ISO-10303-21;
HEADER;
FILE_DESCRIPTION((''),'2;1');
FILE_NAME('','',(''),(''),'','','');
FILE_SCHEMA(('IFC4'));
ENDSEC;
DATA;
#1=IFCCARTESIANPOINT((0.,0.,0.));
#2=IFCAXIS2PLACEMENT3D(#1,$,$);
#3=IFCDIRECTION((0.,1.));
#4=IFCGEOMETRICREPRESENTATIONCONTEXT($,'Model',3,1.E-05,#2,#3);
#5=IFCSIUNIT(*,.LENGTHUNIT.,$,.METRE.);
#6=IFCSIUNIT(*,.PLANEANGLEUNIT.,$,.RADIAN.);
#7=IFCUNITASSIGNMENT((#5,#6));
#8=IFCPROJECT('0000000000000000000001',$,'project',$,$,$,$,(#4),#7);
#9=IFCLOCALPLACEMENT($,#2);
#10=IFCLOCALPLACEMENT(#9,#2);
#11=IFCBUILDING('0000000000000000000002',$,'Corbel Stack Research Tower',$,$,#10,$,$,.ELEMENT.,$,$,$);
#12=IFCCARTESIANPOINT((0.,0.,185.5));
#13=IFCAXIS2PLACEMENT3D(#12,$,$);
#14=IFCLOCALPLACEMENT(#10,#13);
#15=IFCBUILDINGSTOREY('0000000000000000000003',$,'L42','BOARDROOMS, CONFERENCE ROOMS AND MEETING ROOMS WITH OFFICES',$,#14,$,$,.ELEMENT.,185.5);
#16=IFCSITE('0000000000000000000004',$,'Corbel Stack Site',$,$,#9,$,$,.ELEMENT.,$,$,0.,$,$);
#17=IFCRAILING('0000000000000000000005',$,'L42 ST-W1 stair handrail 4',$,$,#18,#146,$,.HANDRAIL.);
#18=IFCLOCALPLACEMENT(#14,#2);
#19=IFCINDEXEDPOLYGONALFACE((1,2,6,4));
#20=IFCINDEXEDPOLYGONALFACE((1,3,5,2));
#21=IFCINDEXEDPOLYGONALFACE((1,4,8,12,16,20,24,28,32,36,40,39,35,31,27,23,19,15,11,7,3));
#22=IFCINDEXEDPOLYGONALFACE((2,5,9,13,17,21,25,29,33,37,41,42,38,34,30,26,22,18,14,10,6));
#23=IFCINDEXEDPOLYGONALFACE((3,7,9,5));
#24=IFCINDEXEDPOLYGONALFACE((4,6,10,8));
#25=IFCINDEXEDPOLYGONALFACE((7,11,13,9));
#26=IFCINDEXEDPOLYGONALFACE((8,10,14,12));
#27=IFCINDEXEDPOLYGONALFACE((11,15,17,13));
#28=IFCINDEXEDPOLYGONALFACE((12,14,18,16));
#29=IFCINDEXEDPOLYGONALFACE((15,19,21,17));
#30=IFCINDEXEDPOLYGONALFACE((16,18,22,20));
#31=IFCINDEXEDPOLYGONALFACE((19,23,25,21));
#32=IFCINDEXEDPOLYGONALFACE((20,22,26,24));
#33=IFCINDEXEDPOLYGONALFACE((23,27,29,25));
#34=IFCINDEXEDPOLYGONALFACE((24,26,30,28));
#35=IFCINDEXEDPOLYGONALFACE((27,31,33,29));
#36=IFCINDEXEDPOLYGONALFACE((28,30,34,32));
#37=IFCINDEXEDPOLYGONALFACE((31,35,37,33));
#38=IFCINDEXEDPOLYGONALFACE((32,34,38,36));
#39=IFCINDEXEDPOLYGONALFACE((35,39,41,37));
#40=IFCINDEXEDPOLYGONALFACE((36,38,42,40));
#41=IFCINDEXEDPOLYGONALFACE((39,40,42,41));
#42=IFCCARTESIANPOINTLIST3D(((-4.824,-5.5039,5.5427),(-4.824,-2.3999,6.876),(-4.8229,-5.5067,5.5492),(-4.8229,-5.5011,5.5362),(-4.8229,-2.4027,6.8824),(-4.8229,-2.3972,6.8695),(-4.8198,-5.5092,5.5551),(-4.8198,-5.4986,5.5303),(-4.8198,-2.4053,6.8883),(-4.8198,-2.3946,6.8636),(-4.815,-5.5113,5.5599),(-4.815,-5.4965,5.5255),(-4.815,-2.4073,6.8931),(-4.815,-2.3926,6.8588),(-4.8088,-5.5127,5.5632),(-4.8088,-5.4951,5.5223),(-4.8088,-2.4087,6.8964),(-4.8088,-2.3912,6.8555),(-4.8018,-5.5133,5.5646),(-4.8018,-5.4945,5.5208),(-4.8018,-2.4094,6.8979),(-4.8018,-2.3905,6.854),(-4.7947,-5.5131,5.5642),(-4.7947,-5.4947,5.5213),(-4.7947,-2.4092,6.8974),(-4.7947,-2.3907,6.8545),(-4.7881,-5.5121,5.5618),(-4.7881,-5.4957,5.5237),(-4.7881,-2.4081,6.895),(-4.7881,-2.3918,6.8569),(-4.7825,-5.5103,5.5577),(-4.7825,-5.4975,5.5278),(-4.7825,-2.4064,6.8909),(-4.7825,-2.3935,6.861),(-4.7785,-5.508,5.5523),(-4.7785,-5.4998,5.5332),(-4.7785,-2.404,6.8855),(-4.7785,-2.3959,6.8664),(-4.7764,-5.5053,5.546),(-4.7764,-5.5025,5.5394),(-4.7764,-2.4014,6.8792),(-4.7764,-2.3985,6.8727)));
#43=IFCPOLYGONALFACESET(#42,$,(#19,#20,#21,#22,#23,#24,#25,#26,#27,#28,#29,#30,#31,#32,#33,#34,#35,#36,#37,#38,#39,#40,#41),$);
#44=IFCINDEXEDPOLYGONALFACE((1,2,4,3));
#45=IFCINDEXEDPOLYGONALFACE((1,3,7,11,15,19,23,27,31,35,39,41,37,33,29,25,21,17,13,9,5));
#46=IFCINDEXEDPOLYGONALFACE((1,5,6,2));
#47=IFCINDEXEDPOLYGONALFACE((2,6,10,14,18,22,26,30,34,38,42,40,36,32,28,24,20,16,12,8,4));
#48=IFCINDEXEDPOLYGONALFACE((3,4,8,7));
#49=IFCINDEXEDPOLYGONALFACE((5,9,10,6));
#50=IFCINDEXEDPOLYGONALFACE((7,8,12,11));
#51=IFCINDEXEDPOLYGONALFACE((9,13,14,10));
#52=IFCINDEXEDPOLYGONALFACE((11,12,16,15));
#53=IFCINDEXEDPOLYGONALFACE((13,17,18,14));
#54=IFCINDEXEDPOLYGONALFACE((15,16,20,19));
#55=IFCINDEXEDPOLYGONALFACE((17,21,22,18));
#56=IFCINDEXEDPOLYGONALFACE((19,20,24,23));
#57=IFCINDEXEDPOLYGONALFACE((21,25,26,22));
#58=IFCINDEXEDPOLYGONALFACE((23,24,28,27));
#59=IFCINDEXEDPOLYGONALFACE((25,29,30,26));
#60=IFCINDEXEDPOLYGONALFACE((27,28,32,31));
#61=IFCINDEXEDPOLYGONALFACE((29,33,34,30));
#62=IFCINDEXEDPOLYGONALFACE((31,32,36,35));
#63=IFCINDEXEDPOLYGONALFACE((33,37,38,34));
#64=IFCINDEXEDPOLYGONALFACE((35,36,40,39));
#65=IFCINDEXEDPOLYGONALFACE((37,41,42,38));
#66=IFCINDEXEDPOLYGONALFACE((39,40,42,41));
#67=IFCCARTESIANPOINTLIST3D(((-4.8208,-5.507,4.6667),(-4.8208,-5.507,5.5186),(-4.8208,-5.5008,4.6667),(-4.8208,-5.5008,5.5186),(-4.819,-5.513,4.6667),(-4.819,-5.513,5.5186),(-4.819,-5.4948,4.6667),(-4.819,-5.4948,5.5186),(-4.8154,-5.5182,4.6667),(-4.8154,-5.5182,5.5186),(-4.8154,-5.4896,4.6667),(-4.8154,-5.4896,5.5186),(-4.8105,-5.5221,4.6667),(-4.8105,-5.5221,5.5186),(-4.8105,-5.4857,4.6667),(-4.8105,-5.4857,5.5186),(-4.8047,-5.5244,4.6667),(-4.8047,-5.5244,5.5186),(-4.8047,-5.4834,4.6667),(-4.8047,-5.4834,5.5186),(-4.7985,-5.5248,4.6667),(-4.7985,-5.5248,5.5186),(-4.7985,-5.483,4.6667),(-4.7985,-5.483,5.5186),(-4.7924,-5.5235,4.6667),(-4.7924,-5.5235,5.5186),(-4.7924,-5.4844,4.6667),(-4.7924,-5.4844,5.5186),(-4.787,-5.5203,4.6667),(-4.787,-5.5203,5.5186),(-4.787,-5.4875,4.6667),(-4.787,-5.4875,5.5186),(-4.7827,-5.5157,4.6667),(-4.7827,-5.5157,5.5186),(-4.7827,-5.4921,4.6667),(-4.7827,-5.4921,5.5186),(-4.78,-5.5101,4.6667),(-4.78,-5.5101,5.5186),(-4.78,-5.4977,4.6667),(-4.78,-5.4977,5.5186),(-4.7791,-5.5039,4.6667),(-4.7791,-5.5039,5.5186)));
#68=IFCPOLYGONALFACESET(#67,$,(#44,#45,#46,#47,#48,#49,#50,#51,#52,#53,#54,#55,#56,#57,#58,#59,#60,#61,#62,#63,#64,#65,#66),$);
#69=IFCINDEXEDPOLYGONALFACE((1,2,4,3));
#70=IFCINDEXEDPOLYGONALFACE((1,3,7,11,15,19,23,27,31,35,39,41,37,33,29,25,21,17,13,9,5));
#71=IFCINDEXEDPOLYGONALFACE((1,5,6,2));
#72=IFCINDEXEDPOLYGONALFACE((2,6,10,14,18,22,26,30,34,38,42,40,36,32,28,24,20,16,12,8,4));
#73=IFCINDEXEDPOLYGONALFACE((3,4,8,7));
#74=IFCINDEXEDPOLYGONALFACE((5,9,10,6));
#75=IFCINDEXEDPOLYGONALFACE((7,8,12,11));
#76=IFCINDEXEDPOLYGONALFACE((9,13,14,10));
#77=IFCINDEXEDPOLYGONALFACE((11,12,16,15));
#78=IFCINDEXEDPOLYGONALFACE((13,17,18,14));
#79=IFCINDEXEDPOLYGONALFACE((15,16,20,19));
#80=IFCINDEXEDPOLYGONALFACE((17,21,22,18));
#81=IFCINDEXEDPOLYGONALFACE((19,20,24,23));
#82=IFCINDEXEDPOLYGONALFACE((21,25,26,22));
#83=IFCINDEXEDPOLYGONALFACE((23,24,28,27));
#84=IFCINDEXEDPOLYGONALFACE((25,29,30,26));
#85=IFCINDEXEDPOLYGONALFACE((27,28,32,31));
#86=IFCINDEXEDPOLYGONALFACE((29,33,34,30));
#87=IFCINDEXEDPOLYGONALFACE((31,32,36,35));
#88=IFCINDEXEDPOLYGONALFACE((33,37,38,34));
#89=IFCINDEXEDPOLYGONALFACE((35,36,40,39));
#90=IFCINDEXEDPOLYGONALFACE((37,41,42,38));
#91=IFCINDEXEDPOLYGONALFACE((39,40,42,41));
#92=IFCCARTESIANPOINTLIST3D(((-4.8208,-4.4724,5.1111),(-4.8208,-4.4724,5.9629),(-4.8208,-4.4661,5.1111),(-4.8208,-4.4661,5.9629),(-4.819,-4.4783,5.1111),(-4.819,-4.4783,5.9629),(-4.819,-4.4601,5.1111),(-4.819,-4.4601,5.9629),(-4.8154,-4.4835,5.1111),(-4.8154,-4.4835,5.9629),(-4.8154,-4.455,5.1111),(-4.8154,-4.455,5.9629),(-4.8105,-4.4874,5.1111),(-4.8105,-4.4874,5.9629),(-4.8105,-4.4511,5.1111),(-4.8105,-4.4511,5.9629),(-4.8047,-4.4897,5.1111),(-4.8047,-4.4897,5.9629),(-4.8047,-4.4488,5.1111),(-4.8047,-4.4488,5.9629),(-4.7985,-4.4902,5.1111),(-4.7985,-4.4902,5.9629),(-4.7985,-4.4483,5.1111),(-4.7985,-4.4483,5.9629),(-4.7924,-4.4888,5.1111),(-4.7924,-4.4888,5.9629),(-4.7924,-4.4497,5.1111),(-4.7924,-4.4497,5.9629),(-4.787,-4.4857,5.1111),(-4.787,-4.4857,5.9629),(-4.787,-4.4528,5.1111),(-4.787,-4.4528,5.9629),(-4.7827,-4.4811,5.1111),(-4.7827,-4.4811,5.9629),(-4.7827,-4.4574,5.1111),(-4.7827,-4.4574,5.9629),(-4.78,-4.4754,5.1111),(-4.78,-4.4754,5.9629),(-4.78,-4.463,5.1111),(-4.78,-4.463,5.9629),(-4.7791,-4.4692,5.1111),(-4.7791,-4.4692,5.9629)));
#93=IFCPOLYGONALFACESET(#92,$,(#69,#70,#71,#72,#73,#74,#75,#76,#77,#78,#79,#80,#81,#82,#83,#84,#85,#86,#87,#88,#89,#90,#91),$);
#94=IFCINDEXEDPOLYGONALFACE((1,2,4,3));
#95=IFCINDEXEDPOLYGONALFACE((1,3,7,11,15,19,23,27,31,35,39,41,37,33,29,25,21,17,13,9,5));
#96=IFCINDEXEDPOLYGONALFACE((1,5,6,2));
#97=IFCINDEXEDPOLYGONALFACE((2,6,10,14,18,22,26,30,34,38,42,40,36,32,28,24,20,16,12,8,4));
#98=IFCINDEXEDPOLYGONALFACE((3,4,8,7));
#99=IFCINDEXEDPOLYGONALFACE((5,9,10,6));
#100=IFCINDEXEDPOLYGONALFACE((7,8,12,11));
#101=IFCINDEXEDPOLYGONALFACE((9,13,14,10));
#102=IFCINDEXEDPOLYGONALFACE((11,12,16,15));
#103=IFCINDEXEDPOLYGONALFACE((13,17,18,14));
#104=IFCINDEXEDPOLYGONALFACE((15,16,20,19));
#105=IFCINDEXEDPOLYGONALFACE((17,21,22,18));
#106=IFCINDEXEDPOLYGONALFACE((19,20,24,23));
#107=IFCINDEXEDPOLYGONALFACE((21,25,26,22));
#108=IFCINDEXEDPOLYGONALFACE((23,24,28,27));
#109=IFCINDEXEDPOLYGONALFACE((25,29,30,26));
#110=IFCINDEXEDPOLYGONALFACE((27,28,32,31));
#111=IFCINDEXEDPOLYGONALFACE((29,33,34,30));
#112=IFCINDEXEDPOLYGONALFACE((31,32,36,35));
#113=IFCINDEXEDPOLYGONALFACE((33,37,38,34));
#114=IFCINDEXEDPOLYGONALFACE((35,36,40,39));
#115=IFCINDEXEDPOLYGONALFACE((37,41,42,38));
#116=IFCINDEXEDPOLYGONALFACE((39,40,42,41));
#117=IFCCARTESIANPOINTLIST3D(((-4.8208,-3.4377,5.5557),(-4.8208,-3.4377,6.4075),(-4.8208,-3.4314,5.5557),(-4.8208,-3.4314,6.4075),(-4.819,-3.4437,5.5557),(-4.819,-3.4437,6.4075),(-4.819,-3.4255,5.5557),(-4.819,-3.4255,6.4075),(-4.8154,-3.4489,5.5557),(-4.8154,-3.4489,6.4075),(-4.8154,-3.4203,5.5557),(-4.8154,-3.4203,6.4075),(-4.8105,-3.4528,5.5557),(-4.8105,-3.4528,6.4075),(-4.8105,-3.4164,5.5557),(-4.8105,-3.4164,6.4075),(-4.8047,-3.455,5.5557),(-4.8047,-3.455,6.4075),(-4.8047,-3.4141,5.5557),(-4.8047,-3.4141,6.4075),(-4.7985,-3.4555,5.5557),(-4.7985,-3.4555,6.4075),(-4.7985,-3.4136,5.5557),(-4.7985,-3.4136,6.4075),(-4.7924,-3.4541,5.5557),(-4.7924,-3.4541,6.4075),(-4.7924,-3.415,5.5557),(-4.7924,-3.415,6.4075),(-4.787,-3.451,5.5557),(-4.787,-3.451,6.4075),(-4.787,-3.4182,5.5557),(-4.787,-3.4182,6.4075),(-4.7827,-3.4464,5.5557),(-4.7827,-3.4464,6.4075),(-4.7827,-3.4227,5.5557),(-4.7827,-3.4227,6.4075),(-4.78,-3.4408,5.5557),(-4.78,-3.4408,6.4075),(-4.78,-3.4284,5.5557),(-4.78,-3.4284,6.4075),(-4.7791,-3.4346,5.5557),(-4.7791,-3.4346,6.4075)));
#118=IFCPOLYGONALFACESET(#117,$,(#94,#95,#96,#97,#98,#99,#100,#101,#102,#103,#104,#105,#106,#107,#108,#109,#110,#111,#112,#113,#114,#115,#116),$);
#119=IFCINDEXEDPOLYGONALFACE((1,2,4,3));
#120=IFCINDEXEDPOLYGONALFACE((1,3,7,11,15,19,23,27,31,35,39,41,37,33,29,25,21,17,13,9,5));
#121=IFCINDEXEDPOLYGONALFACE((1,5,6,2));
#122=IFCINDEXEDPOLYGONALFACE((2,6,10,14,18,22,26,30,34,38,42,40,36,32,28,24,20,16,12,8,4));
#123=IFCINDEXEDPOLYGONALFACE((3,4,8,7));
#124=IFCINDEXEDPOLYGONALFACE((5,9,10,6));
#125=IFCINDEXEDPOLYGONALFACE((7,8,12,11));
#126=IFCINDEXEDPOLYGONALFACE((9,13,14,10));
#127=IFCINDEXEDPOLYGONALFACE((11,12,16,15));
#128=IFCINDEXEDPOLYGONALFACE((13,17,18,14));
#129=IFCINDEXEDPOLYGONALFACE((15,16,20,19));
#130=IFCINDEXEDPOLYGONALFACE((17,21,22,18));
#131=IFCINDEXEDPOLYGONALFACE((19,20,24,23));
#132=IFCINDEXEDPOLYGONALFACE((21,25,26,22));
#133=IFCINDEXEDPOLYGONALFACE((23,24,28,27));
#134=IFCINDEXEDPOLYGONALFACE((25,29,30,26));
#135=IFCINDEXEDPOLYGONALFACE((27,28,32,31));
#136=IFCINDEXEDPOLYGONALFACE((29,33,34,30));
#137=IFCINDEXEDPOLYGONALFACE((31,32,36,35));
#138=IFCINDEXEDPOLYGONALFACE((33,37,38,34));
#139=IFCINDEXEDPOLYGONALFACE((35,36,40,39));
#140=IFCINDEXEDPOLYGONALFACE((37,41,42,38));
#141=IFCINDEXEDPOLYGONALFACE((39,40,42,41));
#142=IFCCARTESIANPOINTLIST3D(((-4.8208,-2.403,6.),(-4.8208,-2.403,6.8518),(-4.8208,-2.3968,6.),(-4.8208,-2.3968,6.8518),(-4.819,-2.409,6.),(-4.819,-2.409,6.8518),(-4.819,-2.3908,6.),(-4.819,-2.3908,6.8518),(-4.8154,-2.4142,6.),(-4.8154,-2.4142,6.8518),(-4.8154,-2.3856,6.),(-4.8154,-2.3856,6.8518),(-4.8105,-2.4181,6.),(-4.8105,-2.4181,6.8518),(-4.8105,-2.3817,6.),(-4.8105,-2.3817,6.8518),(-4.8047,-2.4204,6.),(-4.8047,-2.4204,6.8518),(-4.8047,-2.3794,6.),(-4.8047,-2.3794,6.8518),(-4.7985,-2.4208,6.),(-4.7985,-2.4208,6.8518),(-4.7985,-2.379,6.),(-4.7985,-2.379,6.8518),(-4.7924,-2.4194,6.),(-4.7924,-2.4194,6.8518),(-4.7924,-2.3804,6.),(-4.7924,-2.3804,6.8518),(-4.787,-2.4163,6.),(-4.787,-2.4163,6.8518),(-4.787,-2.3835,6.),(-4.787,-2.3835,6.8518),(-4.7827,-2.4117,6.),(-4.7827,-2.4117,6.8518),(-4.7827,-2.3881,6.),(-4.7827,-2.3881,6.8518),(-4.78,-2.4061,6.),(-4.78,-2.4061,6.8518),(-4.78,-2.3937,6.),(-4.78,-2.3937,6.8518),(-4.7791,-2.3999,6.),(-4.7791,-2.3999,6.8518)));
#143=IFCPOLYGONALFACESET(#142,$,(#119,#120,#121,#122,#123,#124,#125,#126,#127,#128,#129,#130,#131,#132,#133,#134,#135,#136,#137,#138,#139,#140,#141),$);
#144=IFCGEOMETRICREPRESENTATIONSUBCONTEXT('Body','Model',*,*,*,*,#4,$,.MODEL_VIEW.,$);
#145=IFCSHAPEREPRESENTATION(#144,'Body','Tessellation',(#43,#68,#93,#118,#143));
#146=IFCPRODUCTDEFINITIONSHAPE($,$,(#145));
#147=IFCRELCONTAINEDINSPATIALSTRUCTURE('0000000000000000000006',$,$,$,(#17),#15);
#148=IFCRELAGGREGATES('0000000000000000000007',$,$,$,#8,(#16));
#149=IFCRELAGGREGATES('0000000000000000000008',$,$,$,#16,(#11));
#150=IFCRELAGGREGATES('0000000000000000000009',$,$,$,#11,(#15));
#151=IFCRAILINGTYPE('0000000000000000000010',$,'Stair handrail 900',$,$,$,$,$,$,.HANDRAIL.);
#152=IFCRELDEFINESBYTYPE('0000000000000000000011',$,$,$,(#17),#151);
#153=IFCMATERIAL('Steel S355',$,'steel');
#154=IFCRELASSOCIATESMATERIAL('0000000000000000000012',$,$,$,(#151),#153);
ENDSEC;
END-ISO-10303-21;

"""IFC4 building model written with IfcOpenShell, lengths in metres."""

from ifc_helpers import new_model, si_unit, direction, frame, origin, origin_2d, place, context, subcontext, project, spatial, circle, extrude, material, type_object, element, save


model = new_model("IFC4")

# Units and contexts
model_context = context("Model", 3, precision=1e-05, world=origin(), true_north=direction((0.0, 1.0)))
body_context = subcontext(model_context, "Body", "Model", "MODEL_VIEW")
ifc_project = project(units=[si_unit("LENGTHUNIT", "METRE"), si_unit("PLANEANGLEUNIT", "RADIAN")], contexts=[model_context])

# Site, building, storey
site_placement = place(None, origin())
site = spatial("IfcSite", under=ifc_project, at=site_placement, Name="Corbel Stack Site", CompositionType="ELEMENT", RefElevation=0.0)
building_placement = place(site_placement, origin())
building = spatial("IfcBuilding", under=site, at=building_placement, Name="Corbel Stack Research Tower", CompositionType="ELEMENT")
storey_placement = place(building_placement, frame((0.0, 0.0, 185.5)))
storey = spatial("IfcBuildingStorey", under=building, at=storey_placement, Name="L42", Description="BOARDROOMS, CONFERENCE ROOMS AND MEETING ROOMS WITH OFFICES", CompositionType="ELEMENT", Elevation=185.5)

# Railing
ifc_material_1 = material(Name="Steel S355", Category="steel")
railing_type_1 = type_object("IfcRailingType", Name="Stair handrail 900", PredefinedType="HANDRAIL", material=ifc_material_1)
for number, where, name in (
    (1, (-4.8, -5.5039, 4.6667), "L42 ST-W1 stair handrail 4"),
):
    element("IfcRailing", number, at=place(storey_placement, frame(where)), inside=storey, type_object=railing_type_1, Name=name, PredefinedType="HANDRAIL", context=body_context, shape_type="SweptSolid", body=[
        extrude(circle(Radius=0.0239, at=origin_2d()), frame((0.0, 0.0, 0.876), z_axis=(0.0, 0.918827, 0.394661), x_axis=(-1.0, 0.0, 0.0)), (0.0, 0.0, 1.0), 3.3782),
        extrude(circle(Radius=0.021, at=origin_2d()), origin(), (0.0, 0.0, 1.0), 0.8518),
        extrude(circle(Radius=0.021, at=origin_2d()), frame((0.0, 1.0347, 0.4443)), (0.0, 0.0, 1.0), 0.8518),
        extrude(circle(Radius=0.021, at=origin_2d()), frame((0.0, 2.0693, 0.8889)), (0.0, 0.0, 1.0), 0.8518),
        extrude(circle(Radius=0.021, at=origin_2d()), frame((0.0, 3.104, 1.3333)), (0.0, 0.0, 1.0), 0.8518),
    ])

save(model, "model.ifc")
